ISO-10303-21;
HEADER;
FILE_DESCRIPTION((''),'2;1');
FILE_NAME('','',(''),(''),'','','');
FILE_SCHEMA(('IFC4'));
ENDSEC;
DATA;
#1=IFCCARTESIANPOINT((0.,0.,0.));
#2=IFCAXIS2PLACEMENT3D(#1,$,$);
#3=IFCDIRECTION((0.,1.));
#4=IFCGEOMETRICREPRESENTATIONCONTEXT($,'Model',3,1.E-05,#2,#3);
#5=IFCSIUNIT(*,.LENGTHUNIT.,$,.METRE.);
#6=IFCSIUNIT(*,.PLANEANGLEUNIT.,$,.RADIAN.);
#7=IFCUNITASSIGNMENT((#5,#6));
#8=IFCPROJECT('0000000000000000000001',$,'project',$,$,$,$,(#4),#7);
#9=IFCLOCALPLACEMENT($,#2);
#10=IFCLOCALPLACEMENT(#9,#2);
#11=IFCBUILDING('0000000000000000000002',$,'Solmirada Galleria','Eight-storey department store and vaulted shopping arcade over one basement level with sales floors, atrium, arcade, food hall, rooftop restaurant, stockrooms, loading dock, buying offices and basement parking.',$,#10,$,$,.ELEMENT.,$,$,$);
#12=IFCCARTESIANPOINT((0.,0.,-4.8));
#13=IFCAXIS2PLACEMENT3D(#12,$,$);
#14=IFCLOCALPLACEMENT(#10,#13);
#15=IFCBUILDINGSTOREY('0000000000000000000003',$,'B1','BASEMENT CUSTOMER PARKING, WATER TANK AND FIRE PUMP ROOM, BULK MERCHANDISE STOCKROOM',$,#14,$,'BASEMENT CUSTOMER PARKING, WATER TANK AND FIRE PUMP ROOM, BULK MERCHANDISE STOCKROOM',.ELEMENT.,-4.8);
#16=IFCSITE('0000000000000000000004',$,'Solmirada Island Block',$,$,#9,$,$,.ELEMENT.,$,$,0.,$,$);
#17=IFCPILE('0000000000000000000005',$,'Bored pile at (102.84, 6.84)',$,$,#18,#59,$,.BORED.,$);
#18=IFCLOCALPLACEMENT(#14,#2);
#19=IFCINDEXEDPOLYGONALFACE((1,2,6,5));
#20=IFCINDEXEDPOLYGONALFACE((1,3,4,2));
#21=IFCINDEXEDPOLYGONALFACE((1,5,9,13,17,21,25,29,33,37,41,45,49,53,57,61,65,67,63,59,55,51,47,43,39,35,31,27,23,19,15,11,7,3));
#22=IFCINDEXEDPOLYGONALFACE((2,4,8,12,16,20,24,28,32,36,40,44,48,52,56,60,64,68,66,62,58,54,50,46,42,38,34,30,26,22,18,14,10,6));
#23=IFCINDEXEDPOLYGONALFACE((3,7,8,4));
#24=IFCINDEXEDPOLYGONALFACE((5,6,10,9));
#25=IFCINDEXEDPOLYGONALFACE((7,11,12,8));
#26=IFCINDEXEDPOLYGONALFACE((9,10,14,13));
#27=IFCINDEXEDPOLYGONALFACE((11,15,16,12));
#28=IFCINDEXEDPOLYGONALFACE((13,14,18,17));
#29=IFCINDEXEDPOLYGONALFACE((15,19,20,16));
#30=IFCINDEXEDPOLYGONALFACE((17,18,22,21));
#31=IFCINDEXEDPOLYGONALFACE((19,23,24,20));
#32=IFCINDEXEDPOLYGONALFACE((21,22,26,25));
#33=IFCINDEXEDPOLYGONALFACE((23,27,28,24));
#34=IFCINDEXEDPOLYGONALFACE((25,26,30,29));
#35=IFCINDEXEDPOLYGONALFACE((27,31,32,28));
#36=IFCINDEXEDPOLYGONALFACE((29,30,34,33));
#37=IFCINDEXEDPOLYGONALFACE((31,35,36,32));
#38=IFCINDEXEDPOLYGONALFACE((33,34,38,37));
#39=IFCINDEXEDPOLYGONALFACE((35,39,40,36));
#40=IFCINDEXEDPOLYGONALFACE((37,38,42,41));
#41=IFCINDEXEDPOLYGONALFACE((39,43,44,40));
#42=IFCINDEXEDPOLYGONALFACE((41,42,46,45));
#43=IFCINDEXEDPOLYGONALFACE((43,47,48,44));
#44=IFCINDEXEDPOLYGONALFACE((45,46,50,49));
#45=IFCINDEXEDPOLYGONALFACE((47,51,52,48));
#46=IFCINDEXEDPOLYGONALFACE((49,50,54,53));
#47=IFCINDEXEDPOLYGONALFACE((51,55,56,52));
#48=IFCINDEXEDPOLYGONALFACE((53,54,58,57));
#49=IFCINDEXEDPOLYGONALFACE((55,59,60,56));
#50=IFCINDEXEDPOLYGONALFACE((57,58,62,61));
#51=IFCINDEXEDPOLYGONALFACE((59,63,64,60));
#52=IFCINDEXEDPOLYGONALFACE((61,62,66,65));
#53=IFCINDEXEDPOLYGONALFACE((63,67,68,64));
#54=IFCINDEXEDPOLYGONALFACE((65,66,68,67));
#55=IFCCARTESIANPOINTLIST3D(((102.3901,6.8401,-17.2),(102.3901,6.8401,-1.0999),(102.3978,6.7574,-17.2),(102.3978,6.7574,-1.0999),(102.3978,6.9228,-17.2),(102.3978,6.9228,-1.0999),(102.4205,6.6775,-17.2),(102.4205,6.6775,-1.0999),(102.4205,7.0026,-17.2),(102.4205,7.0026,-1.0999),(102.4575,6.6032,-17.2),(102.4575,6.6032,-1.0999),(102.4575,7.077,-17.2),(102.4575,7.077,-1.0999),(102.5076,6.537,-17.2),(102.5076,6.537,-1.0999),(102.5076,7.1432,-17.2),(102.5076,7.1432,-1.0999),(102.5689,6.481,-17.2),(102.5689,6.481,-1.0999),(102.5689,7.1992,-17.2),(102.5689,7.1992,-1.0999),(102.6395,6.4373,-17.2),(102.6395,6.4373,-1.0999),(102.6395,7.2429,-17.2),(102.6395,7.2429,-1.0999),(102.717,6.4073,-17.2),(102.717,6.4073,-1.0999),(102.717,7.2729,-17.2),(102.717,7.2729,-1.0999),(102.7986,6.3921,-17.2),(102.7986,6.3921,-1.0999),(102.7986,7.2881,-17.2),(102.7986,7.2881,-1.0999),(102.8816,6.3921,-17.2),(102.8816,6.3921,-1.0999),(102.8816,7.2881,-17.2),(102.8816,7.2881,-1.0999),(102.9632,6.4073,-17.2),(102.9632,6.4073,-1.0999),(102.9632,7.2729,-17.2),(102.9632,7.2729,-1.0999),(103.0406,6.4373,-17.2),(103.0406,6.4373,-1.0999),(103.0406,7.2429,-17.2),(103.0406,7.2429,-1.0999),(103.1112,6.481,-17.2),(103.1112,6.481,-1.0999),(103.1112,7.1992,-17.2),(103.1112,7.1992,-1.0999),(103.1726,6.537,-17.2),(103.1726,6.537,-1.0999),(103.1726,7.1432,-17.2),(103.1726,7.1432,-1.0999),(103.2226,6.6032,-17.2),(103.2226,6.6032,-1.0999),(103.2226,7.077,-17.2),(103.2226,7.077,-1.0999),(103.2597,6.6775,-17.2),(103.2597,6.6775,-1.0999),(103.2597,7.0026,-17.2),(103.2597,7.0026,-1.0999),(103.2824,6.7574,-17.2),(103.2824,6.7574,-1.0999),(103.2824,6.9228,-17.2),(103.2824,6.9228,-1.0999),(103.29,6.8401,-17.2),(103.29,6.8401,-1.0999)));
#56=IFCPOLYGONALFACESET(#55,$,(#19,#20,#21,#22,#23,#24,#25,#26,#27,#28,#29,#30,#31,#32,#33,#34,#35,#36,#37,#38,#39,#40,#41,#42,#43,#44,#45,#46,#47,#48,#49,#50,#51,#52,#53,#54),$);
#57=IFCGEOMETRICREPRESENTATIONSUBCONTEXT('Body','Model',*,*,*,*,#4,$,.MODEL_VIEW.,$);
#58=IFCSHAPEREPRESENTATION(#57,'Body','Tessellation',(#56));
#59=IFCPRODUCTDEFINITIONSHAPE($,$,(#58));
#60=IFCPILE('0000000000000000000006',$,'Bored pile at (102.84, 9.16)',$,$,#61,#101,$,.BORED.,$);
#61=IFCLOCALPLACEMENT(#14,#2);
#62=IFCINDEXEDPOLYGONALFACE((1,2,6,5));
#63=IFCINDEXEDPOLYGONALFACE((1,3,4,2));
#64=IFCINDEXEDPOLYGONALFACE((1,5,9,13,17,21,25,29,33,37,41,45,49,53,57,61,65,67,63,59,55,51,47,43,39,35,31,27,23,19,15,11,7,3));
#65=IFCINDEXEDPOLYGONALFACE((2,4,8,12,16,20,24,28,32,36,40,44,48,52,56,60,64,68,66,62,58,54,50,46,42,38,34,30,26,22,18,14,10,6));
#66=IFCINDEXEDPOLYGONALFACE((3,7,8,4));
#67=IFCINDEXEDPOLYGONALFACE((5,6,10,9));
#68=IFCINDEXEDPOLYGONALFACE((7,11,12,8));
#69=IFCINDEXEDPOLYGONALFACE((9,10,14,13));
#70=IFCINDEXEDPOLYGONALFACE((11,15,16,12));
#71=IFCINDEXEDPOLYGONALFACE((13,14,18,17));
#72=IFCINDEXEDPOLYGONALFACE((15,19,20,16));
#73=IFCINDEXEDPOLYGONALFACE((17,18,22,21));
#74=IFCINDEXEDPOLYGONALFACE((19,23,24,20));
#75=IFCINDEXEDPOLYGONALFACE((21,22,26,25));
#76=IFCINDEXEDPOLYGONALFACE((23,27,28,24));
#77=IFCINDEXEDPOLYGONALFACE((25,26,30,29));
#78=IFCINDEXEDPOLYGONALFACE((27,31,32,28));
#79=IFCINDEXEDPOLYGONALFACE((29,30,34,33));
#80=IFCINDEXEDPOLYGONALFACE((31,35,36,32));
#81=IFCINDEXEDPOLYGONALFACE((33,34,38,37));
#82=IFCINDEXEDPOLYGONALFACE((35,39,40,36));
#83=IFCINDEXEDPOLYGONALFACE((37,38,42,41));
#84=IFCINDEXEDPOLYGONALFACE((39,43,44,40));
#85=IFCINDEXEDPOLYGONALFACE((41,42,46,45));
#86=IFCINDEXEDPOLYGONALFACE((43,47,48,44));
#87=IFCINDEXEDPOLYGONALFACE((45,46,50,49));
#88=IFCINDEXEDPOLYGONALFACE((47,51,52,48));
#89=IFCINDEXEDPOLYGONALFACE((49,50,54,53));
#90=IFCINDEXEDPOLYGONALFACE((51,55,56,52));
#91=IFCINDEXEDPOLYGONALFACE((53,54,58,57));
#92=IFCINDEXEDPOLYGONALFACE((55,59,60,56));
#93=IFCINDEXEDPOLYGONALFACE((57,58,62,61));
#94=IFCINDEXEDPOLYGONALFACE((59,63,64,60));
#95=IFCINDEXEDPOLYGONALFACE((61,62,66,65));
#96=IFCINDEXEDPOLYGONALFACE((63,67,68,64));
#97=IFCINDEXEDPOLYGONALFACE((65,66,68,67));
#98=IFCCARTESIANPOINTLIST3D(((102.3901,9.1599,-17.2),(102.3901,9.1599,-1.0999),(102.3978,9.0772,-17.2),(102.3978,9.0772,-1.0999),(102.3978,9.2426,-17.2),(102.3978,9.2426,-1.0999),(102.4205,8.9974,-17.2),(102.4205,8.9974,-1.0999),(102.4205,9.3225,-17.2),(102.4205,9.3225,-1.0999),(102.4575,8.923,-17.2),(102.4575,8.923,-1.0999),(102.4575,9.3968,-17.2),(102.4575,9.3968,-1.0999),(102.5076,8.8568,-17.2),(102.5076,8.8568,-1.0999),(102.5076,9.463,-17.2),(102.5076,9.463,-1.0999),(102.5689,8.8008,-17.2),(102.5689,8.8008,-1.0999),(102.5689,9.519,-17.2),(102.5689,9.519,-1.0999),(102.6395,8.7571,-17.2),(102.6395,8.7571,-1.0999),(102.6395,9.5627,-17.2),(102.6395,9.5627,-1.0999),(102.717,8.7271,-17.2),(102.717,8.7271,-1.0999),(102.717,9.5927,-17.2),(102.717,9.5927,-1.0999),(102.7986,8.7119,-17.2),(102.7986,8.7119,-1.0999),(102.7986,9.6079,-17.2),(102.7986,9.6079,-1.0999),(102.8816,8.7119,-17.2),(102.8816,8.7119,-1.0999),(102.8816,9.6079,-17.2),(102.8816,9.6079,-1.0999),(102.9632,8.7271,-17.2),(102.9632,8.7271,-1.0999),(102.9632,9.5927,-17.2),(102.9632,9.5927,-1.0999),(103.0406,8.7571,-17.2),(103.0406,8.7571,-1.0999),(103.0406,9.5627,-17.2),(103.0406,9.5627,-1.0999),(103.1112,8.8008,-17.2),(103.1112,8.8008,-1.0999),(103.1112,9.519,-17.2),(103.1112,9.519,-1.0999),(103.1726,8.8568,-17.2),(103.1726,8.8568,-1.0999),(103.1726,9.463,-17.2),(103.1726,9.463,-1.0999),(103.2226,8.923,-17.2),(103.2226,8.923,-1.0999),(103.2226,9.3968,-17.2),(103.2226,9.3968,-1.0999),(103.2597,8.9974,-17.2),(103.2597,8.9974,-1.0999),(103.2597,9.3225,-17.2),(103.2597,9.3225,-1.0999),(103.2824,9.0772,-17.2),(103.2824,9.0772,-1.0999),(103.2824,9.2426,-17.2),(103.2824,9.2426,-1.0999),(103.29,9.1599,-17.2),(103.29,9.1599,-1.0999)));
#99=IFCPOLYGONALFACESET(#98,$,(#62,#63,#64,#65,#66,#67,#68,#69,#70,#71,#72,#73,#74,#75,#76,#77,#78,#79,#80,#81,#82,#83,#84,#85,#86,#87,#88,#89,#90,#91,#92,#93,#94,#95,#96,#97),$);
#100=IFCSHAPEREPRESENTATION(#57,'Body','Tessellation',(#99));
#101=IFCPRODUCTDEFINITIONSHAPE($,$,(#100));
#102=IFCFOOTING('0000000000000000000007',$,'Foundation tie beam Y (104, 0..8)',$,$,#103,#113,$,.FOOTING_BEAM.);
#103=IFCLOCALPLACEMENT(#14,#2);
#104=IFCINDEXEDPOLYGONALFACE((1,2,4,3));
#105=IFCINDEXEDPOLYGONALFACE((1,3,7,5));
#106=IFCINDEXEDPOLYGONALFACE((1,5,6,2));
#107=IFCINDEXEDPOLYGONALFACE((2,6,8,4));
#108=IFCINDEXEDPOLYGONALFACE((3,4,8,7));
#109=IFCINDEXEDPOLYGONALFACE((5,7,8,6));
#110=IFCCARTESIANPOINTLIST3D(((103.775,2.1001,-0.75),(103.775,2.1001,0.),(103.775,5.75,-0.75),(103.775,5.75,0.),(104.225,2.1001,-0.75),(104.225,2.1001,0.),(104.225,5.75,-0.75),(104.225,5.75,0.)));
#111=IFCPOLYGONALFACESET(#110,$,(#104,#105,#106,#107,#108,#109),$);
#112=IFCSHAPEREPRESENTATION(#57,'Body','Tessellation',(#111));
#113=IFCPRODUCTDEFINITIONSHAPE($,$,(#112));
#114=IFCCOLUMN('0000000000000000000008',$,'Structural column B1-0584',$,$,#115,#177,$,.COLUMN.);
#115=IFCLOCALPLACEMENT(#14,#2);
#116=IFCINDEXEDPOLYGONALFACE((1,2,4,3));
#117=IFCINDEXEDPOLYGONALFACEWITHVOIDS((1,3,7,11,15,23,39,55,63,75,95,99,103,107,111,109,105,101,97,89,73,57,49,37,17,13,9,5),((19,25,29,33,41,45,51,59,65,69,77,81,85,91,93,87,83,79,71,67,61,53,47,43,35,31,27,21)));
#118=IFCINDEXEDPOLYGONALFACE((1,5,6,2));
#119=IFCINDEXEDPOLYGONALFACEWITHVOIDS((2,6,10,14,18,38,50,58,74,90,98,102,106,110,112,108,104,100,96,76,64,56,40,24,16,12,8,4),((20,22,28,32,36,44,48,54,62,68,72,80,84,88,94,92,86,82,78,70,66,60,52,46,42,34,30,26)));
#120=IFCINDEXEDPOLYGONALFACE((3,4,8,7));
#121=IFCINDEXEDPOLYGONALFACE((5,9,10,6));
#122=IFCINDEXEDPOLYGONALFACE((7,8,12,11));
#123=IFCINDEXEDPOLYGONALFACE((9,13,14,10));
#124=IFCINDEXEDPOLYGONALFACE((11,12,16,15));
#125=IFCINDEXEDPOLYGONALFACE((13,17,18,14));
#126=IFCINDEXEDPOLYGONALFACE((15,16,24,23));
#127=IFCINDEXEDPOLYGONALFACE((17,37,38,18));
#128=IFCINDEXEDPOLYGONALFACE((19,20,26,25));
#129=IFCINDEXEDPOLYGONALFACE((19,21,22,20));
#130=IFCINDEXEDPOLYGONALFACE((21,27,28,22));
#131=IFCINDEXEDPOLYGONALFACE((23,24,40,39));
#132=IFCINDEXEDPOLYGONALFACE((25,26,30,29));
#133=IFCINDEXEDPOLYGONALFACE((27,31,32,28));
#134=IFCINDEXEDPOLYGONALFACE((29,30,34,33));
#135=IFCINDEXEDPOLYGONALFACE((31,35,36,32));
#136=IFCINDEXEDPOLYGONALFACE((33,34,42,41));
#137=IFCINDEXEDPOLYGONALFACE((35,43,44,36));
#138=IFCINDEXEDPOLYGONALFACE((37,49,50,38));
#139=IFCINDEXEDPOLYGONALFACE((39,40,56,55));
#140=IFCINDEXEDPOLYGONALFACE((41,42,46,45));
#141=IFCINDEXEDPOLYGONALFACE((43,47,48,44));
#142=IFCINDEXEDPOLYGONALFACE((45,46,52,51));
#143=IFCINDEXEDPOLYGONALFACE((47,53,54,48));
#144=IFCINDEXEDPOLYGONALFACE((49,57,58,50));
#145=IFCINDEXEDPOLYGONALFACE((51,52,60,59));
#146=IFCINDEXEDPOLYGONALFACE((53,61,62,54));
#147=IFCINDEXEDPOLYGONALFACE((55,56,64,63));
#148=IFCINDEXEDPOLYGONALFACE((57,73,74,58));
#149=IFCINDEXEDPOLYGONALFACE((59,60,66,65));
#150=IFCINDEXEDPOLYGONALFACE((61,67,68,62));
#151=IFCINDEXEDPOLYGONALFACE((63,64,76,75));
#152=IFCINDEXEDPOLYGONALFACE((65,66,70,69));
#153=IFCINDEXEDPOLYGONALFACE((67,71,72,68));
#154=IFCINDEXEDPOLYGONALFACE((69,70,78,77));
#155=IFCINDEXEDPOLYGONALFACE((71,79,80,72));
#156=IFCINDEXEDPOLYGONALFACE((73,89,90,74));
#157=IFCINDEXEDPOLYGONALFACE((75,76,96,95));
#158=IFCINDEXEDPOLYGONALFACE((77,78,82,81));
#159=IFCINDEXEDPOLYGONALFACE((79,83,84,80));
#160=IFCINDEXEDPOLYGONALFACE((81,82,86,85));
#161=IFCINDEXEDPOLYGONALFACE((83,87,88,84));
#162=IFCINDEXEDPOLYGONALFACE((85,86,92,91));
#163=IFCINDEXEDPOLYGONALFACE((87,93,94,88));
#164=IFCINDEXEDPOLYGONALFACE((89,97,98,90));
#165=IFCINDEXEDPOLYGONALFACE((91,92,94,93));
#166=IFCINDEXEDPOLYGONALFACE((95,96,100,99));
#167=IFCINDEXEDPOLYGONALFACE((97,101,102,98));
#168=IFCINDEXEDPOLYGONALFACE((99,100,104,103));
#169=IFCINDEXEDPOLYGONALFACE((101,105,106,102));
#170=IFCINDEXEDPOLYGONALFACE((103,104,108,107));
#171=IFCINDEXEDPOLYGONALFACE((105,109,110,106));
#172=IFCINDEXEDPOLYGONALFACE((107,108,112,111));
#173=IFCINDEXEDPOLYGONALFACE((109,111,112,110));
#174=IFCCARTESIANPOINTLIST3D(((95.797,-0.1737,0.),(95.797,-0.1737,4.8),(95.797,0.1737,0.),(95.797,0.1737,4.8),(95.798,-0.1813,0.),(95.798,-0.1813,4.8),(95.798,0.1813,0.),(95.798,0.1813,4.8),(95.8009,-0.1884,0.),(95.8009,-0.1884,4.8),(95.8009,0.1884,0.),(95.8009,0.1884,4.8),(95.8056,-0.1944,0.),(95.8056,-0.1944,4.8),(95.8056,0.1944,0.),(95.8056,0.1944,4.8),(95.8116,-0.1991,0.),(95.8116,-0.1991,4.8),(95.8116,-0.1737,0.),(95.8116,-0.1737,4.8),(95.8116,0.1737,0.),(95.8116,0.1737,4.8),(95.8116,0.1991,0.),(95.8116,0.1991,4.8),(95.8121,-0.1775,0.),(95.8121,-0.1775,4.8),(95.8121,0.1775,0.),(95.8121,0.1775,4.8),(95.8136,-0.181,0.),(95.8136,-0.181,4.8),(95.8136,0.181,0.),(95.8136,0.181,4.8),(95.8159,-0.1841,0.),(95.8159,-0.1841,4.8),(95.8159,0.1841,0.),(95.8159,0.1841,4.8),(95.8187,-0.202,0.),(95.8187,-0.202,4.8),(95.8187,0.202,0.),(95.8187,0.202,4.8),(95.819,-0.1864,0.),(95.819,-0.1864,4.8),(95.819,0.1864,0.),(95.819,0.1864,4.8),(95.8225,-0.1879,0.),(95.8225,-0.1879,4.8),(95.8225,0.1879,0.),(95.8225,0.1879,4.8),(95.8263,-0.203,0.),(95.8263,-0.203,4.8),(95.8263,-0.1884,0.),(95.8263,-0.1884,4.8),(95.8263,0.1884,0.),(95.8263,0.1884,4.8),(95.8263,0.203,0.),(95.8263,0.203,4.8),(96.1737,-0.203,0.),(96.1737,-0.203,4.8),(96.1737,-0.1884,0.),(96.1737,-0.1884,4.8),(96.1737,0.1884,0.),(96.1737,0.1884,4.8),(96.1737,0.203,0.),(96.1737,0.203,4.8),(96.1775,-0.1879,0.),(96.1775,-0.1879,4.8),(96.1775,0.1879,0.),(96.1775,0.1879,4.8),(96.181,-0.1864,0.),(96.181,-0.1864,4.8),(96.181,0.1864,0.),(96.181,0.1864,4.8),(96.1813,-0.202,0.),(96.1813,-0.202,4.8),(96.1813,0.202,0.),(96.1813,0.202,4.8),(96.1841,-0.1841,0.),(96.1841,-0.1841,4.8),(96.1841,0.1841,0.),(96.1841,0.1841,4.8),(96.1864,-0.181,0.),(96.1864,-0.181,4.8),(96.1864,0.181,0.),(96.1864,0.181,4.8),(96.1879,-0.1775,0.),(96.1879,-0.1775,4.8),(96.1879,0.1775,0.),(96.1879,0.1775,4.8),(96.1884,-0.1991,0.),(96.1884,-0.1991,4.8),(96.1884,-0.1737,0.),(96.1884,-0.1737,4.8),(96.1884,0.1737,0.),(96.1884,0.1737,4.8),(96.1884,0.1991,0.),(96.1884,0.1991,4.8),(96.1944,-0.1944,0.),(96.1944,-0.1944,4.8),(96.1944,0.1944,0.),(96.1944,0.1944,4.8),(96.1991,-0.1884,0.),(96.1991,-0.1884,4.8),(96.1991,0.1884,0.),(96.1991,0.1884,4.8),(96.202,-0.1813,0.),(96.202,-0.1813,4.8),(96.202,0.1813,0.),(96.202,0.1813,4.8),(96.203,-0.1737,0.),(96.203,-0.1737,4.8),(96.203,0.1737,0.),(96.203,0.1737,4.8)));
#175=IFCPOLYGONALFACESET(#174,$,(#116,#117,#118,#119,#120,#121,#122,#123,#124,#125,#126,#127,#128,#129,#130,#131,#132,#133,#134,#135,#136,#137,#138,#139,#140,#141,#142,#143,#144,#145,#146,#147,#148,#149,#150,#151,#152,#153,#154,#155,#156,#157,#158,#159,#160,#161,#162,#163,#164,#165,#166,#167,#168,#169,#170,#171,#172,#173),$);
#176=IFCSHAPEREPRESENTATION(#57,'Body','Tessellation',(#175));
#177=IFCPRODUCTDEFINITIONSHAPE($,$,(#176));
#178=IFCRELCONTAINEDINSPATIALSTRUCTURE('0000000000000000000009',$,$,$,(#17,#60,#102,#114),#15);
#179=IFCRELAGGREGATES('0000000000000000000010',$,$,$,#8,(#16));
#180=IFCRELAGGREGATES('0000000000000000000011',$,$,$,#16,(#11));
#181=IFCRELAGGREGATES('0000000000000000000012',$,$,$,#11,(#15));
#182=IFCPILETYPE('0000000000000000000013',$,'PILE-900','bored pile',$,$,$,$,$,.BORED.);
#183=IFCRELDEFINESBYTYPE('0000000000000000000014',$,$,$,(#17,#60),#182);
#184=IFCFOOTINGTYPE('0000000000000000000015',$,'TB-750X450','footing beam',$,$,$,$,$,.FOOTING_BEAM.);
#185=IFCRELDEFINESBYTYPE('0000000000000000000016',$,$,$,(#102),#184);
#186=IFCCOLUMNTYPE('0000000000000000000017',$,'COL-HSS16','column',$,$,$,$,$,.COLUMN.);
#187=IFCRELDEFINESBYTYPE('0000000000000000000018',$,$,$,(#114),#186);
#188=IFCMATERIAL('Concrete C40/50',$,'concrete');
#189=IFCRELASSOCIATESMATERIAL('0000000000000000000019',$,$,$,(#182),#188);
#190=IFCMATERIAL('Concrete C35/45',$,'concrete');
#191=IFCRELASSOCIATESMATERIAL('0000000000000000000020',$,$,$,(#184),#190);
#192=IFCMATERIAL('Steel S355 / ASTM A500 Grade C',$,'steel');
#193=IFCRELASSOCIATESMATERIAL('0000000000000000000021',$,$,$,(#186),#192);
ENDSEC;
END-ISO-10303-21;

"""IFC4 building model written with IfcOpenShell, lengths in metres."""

from ifc_helpers import new_model, si_unit, direction, frame, origin, origin_2d, place, context, subcontext, project, spatial, rectangle, hollow_rectangle, circle, extrude, material, material_profile, profile_set, type_object, element, save


model = new_model("IFC4")

# Units and contexts
model_context = context("Model", 3, precision=1e-05, world=origin(), true_north=direction((0.0, 1.0)))
body_context = subcontext(model_context, "Body", "Model", "MODEL_VIEW")
ifc_project = project(units=[si_unit("LENGTHUNIT", "METRE"), si_unit("PLANEANGLEUNIT", "RADIAN")], contexts=[model_context])

# Site, building, storey
site_placement = place(None, origin())
site = spatial("IfcSite", under=ifc_project, at=site_placement, Name="Solmirada Island Block", CompositionType="ELEMENT", RefElevation=0.0)
building_placement = place(site_placement, origin())
building = spatial("IfcBuilding", under=site, at=building_placement, Name="Solmirada Galleria", Description="Eight-storey department store and vaulted shopping arcade over one basement level with sales floors, atrium, arcade, food hall, rooftop restaurant, stockrooms, loading dock, buying offices and basement parking.", CompositionType="ELEMENT")
storey_placement = place(building_placement, frame((0.0, 0.0, -4.8)))
storey = spatial("IfcBuildingStorey", under=building, at=storey_placement, Name="B1", Description="BASEMENT CUSTOMER PARKING, WATER TANK AND FIRE PUMP ROOM, BULK MERCHANDISE STOCKROOM", LongName="BASEMENT CUSTOMER PARKING, WATER TANK AND FIRE PUMP ROOM, BULK MERCHANDISE STOCKROOM", CompositionType="ELEMENT", Elevation=-4.8)

# Shared definitions
ifc_material_1 = material(Name="Concrete C35/45", Category="concrete")

# Piles
ifc_material_2 = material(Name="Concrete C40/50", Category="concrete")
ifc_material_profile_1 = material_profile(ifc_material_2, circle(Radius=0.45, at=origin_2d()), Name="PILE900")
ifc_profile_set_1 = profile_set([ifc_material_profile_1], Name="Concrete C40/50")
pile_type_1 = type_object("IfcPileType", Name="PILE-900", Description="bored pile", PredefinedType="BORED", material=ifc_profile_set_1)
for number, where, z_axis, x_axis, name in (
    (1, (102.8401, 6.8401, -1.0999), (0.0, 0.0, -1.0), (1.0, 0.0, 0.0), "Bored pile at (102.84, 6.84)"),
    (2, (102.8401, 9.1599, -1.0999), (0.0, 0.0, -1.0), (1.0, 0.0, 0.0), "Bored pile at (102.84, 9.16)"),
):
    element("IfcPile", number, at=place(storey_placement, frame(where, z_axis=z_axis, x_axis=x_axis)), inside=storey, type_object=pile_type_1, Name=name, PredefinedType="BORED", context=body_context, shape_type="SweptSolid", body=[
        extrude(circle(Radius=0.45, at=origin_2d()), origin(), (0.0, 0.0, 1.0), 16.1001),
    ])

# Footing
ifc_material_profile_2 = material_profile(ifc_material_1, rectangle(XDim=0.45, YDim=0.75, at=origin_2d()), Name="RC750X450")
ifc_profile_set_2 = profile_set([ifc_material_profile_2], Name="Concrete C35/45")
footing_type_1 = type_object("IfcFootingType", Name="TB-750X450", Description="footing beam", PredefinedType="FOOTING_BEAM", material=ifc_profile_set_2)
footing_1_placement = place(storey_placement, frame((104.0, 2.1001, -0.375), z_axis=(0.0, 1.0, 0.0), x_axis=(-1.0, 0.0, 0.0)))
element("IfcFooting", 3, at=footing_1_placement, inside=storey, type_object=footing_type_1, Name="Foundation tie beam Y (104, 0..8)", PredefinedType="FOOTING_BEAM", context=body_context, shape_type="SweptSolid", body=[
    extrude(rectangle(XDim=0.45, YDim=0.75, at=origin_2d()), origin(), (0.0, 0.0, 1.0), 3.6499),
])

# Column
ifc_material_3 = material(Name="Steel S355 / ASTM A500 Grade C", Category="steel")
ifc_material_profile_3 = material_profile(ifc_material_3, hollow_rectangle(XDim=0.406, YDim=0.406, WallThickness=0.0146, InnerFilletRadius=0.0146, OuterFilletRadius=0.0293, at=origin_2d()), Name="HSS16X16X5/8")
ifc_profile_set_3 = profile_set([ifc_material_profile_3], Name="Steel S355 / ASTM A500 Grade C")
column_type_1 = type_object("IfcColumnType", Name="COL-HSS16", Description="column", PredefinedType="COLUMN", material=ifc_profile_set_3)
for number, where, z_axis, x_axis, name in (
    (4, (96.0, 0.0, 0.0), (0.0, 0.0, 1.0), (1.0, 0.0, 0.0), "Structural column B1-0584"),
):
    element("IfcColumn", number, at=place(storey_placement, frame(where, z_axis=z_axis, x_axis=x_axis)), inside=storey, type_object=column_type_1, Name=name, PredefinedType="COLUMN", context=body_context, shape_type="SweptSolid", body=[
        extrude(hollow_rectangle(XDim=0.406, YDim=0.406, WallThickness=0.0146, InnerFilletRadius=0.0146, OuterFilletRadius=0.0293, at=origin_2d()), origin(), (0.0, 0.0, 1.0), 4.8),
    ])

save(model, "model.ifc")
